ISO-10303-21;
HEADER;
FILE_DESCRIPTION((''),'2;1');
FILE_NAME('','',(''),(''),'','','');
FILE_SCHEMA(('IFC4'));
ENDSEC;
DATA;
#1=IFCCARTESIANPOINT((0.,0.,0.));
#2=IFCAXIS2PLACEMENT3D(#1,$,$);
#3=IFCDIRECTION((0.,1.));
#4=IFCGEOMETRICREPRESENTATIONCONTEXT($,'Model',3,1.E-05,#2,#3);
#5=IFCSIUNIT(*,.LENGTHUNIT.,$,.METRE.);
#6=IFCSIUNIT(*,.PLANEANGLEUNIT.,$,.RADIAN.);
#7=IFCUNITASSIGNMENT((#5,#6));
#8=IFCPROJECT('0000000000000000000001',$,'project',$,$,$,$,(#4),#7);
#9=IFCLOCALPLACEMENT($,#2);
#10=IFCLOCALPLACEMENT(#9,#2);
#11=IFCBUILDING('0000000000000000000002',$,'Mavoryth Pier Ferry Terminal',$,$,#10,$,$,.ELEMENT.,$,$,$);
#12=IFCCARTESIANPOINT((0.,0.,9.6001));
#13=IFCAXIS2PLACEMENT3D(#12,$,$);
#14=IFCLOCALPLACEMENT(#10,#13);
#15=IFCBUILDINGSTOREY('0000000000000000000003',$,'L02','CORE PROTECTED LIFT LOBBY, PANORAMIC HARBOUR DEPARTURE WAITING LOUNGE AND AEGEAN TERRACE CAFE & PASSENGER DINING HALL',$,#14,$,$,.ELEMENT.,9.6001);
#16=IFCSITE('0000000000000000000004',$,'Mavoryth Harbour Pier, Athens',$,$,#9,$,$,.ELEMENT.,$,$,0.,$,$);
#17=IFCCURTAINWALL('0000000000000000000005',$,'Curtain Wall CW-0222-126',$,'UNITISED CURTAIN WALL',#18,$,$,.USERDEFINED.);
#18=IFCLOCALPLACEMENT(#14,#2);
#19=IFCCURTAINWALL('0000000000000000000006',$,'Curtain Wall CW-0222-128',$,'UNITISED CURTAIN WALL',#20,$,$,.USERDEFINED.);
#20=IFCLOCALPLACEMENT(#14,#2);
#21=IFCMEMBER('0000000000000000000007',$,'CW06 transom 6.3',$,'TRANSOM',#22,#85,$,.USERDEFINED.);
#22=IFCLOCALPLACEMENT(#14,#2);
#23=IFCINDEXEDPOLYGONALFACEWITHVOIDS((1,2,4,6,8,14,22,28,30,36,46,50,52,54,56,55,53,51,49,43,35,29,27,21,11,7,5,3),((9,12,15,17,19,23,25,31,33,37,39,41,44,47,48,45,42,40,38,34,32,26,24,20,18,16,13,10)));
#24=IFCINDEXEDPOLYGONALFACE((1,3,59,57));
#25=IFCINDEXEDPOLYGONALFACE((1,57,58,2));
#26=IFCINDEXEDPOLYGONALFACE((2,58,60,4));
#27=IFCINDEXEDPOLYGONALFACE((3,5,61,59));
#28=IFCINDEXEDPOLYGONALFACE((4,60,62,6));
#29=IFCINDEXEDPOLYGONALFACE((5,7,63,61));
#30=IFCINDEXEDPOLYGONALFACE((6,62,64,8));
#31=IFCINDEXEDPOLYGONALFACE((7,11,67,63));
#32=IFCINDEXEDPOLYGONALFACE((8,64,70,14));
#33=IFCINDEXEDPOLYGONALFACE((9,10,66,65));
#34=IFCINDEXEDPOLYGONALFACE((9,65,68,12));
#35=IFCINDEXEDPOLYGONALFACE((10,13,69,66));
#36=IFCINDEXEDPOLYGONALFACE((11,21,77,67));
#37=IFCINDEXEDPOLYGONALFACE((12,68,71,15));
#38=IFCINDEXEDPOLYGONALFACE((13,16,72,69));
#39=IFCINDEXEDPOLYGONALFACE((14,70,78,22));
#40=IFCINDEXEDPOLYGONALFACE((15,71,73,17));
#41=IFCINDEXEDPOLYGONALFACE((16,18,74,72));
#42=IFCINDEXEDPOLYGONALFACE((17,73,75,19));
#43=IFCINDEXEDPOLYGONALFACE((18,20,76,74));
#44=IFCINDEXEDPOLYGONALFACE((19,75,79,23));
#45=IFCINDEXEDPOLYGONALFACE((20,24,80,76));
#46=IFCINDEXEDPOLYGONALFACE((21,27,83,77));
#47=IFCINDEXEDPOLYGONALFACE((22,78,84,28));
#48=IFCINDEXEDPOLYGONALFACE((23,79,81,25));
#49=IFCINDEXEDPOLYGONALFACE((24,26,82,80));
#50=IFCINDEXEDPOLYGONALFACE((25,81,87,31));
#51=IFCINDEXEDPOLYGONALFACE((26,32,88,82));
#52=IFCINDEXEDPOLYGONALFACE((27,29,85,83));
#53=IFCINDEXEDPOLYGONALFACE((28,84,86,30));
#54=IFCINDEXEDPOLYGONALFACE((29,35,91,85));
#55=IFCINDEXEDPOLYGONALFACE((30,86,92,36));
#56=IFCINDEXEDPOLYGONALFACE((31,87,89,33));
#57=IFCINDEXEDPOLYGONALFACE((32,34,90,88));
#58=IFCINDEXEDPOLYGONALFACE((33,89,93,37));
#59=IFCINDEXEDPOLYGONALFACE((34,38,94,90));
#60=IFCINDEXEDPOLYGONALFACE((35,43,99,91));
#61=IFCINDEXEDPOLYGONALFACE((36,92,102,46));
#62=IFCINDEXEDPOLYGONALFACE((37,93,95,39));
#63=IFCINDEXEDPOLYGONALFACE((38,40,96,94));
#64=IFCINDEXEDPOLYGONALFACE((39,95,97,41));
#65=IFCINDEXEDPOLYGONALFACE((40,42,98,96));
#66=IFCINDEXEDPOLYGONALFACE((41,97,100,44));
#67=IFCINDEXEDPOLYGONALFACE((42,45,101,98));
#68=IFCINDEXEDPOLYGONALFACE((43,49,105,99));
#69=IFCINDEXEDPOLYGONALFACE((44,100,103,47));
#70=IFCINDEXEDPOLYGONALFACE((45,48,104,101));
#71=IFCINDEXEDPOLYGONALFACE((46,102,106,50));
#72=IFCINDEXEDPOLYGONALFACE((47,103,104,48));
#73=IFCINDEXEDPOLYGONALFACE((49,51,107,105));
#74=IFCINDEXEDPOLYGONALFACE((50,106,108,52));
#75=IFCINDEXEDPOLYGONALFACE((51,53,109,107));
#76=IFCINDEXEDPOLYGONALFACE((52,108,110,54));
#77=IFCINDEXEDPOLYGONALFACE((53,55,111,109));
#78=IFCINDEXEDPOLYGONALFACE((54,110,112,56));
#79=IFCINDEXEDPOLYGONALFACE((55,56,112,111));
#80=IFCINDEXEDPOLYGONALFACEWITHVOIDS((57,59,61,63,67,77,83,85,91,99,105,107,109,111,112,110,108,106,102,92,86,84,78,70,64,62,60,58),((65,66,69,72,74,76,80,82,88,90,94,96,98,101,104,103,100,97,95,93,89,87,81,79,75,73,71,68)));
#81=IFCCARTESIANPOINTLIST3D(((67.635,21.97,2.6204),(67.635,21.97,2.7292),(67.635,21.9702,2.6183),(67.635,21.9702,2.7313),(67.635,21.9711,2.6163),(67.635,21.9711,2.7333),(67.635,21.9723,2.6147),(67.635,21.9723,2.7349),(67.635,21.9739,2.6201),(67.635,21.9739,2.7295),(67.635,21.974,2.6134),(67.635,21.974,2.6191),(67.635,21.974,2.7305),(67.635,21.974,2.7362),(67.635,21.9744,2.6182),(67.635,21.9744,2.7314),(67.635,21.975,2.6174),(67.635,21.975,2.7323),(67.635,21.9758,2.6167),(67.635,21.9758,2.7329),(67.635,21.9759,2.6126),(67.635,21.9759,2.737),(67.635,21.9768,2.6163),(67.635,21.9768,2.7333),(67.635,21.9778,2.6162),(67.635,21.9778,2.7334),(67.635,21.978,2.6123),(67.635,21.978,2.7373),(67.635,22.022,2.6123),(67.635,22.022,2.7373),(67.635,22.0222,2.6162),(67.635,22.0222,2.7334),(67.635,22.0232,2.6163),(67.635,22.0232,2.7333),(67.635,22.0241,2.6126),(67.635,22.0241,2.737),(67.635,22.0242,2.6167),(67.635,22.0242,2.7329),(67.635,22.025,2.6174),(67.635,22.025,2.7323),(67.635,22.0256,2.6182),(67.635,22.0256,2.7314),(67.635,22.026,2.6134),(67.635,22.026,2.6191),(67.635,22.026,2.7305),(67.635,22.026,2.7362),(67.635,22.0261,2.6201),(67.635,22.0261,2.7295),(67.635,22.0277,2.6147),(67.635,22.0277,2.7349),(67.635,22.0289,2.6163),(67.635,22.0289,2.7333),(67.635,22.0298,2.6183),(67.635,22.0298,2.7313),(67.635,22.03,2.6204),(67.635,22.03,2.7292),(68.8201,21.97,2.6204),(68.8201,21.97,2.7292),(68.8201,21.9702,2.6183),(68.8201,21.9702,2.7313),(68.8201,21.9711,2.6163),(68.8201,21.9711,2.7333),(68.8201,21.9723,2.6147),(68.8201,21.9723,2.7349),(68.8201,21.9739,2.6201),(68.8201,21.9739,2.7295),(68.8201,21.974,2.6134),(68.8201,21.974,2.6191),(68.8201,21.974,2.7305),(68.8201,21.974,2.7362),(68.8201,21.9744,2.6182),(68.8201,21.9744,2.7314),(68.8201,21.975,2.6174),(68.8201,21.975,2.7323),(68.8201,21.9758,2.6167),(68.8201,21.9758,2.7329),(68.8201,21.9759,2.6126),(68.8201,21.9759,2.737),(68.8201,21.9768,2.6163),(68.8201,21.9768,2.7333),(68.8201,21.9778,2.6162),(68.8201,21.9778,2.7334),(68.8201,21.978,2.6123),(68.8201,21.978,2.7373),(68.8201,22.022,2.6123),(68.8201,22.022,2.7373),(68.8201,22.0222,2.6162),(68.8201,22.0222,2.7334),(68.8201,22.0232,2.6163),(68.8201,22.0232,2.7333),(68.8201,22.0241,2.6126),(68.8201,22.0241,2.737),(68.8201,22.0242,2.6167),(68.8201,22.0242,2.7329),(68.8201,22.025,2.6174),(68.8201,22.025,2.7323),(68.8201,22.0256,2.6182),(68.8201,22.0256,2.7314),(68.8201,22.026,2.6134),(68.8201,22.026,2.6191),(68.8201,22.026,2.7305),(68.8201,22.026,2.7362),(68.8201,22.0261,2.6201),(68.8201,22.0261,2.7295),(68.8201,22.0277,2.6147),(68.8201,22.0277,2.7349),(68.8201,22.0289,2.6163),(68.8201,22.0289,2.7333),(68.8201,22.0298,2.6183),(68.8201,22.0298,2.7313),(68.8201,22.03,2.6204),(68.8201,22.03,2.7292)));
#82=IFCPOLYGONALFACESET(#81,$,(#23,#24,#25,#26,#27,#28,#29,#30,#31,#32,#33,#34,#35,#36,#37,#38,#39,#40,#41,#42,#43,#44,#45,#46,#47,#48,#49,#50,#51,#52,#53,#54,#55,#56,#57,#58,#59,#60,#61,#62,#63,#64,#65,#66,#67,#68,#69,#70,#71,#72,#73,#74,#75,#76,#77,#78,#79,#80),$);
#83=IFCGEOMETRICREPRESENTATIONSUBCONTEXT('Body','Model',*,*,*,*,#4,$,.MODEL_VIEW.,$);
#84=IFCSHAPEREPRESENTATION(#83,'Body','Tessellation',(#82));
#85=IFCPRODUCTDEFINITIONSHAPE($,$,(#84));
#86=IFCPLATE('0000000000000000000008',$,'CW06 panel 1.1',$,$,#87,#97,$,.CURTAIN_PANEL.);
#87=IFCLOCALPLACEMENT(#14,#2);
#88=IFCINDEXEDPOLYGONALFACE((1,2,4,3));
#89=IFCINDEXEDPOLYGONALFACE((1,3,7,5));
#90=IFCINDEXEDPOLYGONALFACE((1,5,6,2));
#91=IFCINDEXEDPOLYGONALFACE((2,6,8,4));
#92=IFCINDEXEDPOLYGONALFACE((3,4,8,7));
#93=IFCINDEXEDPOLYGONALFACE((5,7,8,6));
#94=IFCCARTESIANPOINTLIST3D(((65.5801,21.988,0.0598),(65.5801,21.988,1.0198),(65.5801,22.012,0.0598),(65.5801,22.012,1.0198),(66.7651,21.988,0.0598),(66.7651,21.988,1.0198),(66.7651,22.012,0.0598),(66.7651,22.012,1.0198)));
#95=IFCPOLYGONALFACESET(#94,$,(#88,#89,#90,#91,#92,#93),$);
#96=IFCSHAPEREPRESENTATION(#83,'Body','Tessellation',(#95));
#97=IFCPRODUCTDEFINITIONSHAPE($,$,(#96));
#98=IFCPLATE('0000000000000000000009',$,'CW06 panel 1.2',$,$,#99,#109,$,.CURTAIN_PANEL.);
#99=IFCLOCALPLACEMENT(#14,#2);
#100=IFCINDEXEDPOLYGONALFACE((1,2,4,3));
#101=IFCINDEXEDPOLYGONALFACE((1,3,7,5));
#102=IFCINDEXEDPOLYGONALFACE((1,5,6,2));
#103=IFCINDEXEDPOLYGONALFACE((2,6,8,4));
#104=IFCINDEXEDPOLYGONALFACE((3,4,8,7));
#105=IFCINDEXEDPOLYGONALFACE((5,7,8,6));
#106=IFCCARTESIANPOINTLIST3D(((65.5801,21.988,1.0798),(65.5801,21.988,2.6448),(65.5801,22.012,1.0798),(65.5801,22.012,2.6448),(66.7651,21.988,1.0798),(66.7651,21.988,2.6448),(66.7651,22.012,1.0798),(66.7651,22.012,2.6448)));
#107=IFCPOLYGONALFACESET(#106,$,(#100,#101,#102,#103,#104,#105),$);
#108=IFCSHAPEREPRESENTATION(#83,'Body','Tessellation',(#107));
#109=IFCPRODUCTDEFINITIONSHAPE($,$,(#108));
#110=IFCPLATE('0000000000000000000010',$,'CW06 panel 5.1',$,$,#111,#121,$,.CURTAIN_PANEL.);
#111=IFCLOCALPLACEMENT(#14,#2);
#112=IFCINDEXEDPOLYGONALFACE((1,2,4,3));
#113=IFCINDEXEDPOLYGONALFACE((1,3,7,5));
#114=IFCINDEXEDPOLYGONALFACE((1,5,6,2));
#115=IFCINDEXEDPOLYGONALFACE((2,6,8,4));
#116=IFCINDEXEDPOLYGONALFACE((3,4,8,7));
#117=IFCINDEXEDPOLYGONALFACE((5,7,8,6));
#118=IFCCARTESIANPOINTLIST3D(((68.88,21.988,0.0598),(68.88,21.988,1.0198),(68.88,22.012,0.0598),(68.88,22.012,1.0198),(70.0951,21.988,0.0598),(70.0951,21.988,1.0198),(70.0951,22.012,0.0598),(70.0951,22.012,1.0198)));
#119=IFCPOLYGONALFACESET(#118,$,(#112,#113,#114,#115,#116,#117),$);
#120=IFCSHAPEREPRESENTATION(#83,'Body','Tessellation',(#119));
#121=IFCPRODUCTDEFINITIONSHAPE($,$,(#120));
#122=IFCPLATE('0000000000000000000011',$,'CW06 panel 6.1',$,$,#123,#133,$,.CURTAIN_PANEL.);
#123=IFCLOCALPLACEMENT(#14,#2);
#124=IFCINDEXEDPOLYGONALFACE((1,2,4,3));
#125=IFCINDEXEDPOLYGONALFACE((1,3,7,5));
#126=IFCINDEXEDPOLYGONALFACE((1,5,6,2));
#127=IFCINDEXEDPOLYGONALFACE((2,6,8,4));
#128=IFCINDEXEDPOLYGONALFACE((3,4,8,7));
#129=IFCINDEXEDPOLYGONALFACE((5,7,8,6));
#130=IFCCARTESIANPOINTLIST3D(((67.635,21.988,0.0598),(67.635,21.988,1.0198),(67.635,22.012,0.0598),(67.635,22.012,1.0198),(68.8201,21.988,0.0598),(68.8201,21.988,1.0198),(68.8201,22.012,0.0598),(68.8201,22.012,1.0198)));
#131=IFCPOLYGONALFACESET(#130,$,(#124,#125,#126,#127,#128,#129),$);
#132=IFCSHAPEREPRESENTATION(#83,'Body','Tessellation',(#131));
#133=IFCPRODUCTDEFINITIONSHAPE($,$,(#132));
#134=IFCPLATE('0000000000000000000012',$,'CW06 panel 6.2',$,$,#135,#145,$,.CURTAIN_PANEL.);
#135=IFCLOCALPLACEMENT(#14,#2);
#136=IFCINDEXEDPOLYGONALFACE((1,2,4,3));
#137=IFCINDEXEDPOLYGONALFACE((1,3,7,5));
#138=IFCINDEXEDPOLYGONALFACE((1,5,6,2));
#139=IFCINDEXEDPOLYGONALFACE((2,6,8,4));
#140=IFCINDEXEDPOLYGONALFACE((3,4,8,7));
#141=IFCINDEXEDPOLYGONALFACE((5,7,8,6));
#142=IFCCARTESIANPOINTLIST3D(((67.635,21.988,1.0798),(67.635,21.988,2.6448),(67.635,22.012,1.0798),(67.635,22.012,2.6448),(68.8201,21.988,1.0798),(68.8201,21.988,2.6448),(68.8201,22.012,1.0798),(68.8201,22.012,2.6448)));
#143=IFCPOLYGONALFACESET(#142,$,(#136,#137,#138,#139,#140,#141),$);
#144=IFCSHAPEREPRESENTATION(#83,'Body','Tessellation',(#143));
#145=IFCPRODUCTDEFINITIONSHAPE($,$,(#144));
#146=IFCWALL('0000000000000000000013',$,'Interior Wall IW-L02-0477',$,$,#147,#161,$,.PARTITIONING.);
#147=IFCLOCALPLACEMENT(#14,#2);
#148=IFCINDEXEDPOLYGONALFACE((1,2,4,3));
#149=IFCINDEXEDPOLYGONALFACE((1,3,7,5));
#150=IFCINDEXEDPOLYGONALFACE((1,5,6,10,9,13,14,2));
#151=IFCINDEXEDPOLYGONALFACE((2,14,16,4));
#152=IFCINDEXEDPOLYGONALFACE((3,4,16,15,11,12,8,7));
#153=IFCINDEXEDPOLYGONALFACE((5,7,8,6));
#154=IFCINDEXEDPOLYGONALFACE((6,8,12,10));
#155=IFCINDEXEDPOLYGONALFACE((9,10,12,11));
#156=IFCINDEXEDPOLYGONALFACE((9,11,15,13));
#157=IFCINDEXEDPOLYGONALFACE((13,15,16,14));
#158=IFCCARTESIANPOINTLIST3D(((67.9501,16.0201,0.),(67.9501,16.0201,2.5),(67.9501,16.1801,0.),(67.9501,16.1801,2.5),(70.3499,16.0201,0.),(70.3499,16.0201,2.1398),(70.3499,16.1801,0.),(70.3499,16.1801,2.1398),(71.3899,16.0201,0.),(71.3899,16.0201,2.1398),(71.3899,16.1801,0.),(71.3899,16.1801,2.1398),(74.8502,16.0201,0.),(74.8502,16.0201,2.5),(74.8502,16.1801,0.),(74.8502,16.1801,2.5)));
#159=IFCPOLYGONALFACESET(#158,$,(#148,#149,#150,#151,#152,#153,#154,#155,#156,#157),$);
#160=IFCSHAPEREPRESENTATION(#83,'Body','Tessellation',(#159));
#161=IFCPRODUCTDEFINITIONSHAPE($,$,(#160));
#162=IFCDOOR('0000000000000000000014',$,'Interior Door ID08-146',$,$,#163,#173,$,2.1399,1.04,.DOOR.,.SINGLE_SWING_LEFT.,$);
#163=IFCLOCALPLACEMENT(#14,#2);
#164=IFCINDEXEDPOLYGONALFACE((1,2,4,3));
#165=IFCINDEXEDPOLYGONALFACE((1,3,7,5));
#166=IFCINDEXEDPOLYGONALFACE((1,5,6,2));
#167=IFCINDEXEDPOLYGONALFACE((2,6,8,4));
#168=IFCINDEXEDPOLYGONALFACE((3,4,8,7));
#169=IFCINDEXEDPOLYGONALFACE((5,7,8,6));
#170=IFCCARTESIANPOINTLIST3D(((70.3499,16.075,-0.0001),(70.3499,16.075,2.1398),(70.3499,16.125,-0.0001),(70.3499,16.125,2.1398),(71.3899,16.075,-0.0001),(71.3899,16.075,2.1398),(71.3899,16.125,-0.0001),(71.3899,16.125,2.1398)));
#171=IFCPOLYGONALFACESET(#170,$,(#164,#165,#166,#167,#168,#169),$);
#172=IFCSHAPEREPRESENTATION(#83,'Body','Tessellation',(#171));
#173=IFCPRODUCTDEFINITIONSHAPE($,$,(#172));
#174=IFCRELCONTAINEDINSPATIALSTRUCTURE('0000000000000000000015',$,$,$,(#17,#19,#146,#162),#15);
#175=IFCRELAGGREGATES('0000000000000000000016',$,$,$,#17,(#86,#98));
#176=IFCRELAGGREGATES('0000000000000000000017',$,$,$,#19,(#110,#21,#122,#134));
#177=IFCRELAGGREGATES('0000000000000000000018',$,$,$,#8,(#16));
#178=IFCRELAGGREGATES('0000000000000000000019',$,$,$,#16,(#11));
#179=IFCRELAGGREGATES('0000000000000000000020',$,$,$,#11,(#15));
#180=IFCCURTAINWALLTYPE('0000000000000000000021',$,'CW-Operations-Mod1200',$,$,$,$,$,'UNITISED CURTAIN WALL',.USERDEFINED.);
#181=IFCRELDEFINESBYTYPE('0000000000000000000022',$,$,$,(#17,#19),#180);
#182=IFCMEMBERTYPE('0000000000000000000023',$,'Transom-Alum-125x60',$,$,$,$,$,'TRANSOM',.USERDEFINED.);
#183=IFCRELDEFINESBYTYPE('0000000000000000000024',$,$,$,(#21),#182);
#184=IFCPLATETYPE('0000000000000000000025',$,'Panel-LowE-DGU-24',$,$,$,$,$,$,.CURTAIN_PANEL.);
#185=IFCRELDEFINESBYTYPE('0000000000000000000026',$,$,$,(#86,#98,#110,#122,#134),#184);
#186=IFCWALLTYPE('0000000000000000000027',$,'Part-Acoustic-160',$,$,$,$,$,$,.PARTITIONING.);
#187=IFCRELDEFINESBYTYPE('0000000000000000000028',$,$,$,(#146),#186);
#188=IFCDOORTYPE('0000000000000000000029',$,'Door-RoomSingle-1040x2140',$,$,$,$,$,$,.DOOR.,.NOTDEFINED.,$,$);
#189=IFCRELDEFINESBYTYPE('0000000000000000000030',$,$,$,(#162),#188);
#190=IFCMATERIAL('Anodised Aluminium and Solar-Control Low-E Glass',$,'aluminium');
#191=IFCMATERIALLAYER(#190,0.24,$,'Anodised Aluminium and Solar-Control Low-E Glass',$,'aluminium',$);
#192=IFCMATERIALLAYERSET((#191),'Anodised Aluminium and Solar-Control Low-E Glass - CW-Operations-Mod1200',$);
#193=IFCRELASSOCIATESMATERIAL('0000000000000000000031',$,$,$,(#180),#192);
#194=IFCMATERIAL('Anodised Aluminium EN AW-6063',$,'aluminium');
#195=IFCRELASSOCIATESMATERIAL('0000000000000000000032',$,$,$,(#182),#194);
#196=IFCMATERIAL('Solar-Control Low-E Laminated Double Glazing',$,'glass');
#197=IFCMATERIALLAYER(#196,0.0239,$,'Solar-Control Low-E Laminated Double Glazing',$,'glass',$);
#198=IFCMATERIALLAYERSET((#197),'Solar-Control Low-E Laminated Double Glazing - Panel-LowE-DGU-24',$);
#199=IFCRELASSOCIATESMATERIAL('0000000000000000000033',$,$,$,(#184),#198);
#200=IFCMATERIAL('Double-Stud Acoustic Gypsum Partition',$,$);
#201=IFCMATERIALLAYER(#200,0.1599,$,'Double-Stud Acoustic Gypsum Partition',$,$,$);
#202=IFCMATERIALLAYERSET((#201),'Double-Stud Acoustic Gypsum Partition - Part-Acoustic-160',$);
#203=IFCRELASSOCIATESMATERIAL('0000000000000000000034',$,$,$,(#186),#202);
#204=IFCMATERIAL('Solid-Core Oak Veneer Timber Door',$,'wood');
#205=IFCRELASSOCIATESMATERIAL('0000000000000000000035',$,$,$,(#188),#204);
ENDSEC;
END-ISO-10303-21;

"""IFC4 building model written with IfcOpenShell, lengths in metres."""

from ifc_helpers import new_model, si_unit, direction, frame, frame_2d, origin, origin_2d, place, context, subcontext, project, spatial, rectangle, hollow_rectangle, extrude, material, layer, layer_set, material_profile, profile_set, type_object, element, fill, aggregate, save


model = new_model("IFC4")

# Units and contexts
model_context = context("Model", 3, precision=1e-05, world=origin(), true_north=direction((0.0, 1.0)))
body_context = subcontext(model_context, "Body", "Model", "MODEL_VIEW")
ifc_project = project(units=[si_unit("LENGTHUNIT", "METRE"), si_unit("PLANEANGLEUNIT", "RADIAN")], contexts=[model_context])

# Site, building, storey
site_placement = place(None, origin())
site = spatial("IfcSite", under=ifc_project, at=site_placement, Name="Mavoryth Harbour Pier, Athens", CompositionType="ELEMENT", RefElevation=0.0)
building_placement = place(site_placement, origin())
building = spatial("IfcBuilding", under=site, at=building_placement, Name="Mavoryth Pier Ferry Terminal", CompositionType="ELEMENT")
storey_placement = place(building_placement, frame((0.0, 0.0, 9.6001)))
storey = spatial("IfcBuildingStorey", under=building, at=storey_placement, Name="L02", Description="CORE PROTECTED LIFT LOBBY, PANORAMIC HARBOUR DEPARTURE WAITING LOUNGE AND AEGEAN TERRACE CAFE & PASSENGER DINING HALL", CompositionType="ELEMENT", Elevation=9.6001)

# Curtain wall
ifc_material_1 = material(Name="Anodised Aluminium and Solar-Control Low-E Glass", Category="aluminium")
ifc_layer_1 = layer(ifc_material_1, 0.24, Name="Anodised Aluminium and Solar-Control Low-E Glass", Category="aluminium")
ifc_layer_set_1 = layer_set([ifc_layer_1], Name="Anodised Aluminium and Solar-Control Low-E Glass - CW-Operations-Mod1200")
curtain_wall_type = type_object("IfcCurtainWallType", Name="CW-Operations-Mod1200", ElementType="UNITISED CURTAIN WALL", PredefinedType="USERDEFINED", material=ifc_layer_set_1)
curtain_wall_1_placement = place(storey_placement, origin())
curtain_wall_1 = element("IfcCurtainWall", 1, at=curtain_wall_1_placement, inside=storey, type_object=curtain_wall_type, Name="Curtain Wall CW-0222-126", ObjectType="UNITISED CURTAIN WALL", PredefinedType="USERDEFINED")
ifc_material_2 = material(Name="Anodised Aluminium EN AW-6063", Category="aluminium")

# Curtain wall
curtain_wall_2_placement = place(storey_placement, origin())
curtain_wall_2 = element("IfcCurtainWall", 2, at=curtain_wall_2_placement, inside=storey, type_object=curtain_wall_type, Name="Curtain Wall CW-0222-128", ObjectType="UNITISED CURTAIN WALL", PredefinedType="USERDEFINED")

# Member
ifc_material_profile_1 = material_profile(ifc_material_2, hollow_rectangle(XDim=0.0601, YDim=0.125, WallThickness=0.0039, InnerFilletRadius=0.0039, OuterFilletRadius=0.0081, at=origin_2d()), Name="AL-TRAN 125x60x4", Category="aluminium")
ifc_profile_set_1 = profile_set([ifc_material_profile_1], Name="Anodised Aluminium EN AW-6063 - AL-TRAN 125x60x4")
member_type_1 = type_object("IfcMemberType", Name="Transom-Alum-125x60", ElementType="TRANSOM", PredefinedType="USERDEFINED", material=ifc_profile_set_1)
member_1_placement = place(storey_placement, frame((68.8201, 22.0, 2.6748), z_axis=(-1.0, 0.0, 0.0), x_axis=(0.0, -1.0, 0.0)))
member_1 = element("IfcMember", 3, at=member_1_placement, type_object=member_type_1, Name="CW06 transom 6.3", ObjectType="TRANSOM", PredefinedType="USERDEFINED", context=body_context, shape_type="SweptSolid", body=[
    extrude(hollow_rectangle(XDim=0.0601, YDim=0.125, WallThickness=0.0039, InnerFilletRadius=0.0039, OuterFilletRadius=0.0081, at=origin_2d()), origin(), (0.0, 0.0, 1.0), 1.1851),
])

# Plates
ifc_material_3 = material(Name="Solar-Control Low-E Laminated Double Glazing", Category="glass")
ifc_layer_2 = layer(ifc_material_3, 0.0239, Name="Solar-Control Low-E Laminated Double Glazing", Category="glass")
ifc_layer_set_2 = layer_set([ifc_layer_2], Name="Solar-Control Low-E Laminated Double Glazing - Panel-LowE-DGU-24")
plate_type = type_object("IfcPlateType", Name="Panel-LowE-DGU-24", PredefinedType="CURTAIN_PANEL", material=ifc_layer_set_2)
plate_1_placement = place(storey_placement, frame((66.1726, 22.0, 0.0598), z_axis=(0.0, 0.0, 1.0), x_axis=(-1.0, 0.0, 0.0)))
plate_1 = element("IfcPlate", 4, at=plate_1_placement, type_object=plate_type, Name="CW06 panel 1.1", PredefinedType="CURTAIN_PANEL", context=body_context, shape_type="SweptSolid", body=[
    extrude(rectangle(XDim=1.1851, YDim=0.0239, at=origin_2d()), origin(), (0.0, 0.0, 1.0), 0.96),
])
plate_2_placement = place(storey_placement, frame((66.1726, 22.0, 1.0798), z_axis=(0.0, 0.0, 1.0), x_axis=(-1.0, 0.0, 0.0)))
plate_2 = element("IfcPlate", 5, at=plate_2_placement, type_object=plate_type, Name="CW06 panel 1.2", PredefinedType="CURTAIN_PANEL", context=body_context, shape_type="SweptSolid", body=[
    extrude(rectangle(XDim=1.1851, YDim=0.0239, at=origin_2d()), origin(), (0.0, 0.0, 1.0), 1.5649),
])
aggregate(curtain_wall_1, [plate_1, plate_2])
plate_3_placement = place(storey_placement, frame((69.4875, 22.0, 0.0598), z_axis=(0.0, 0.0, 1.0), x_axis=(-1.0, 0.0, 0.0)))
plate_3 = element("IfcPlate", 6, at=plate_3_placement, type_object=plate_type, Name="CW06 panel 5.1", PredefinedType="CURTAIN_PANEL", context=body_context, shape_type="SweptSolid", body=[
    extrude(rectangle(XDim=1.2151, YDim=0.0239, at=origin_2d()), origin(), (0.0, 0.0, 1.0), 0.96),
])
plate_4_placement = place(storey_placement, frame((68.2275, 22.0, 0.0598), z_axis=(0.0, 0.0, 1.0), x_axis=(-1.0, 0.0, 0.0)))
plate_4 = element("IfcPlate", 7, at=plate_4_placement, type_object=plate_type, Name="CW06 panel 6.1", PredefinedType="CURTAIN_PANEL", context=body_context, shape_type="SweptSolid", body=[
    extrude(rectangle(XDim=1.1851, YDim=0.0239, at=origin_2d()), origin(), (0.0, 0.0, 1.0), 0.96),
])
plate_5_placement = place(storey_placement, frame((68.2275, 22.0, 1.0798), z_axis=(0.0, 0.0, 1.0), x_axis=(-1.0, 0.0, 0.0)))
plate_5 = element("IfcPlate", 8, at=plate_5_placement, type_object=plate_type, Name="CW06 panel 6.2", PredefinedType="CURTAIN_PANEL", context=body_context, shape_type="SweptSolid", body=[
    extrude(rectangle(XDim=1.1851, YDim=0.0239, at=origin_2d()), origin(), (0.0, 0.0, 1.0), 1.5649),
])
aggregate(curtain_wall_2, [plate_3, member_1, plate_4, plate_5])

# Wall, opening, door
ifc_material_4 = material(Name="Double-Stud Acoustic Gypsum Partition")
ifc_layer_3 = layer(ifc_material_4, 0.1599, Name="Double-Stud Acoustic Gypsum Partition")
ifc_layer_set_3 = layer_set([ifc_layer_3], Name="Double-Stud Acoustic Gypsum Partition - Part-Acoustic-160")
wall_type = type_object("IfcWallType", Name="Part-Acoustic-160", PredefinedType="PARTITIONING", material=ifc_layer_set_3)
wall_placement = place(storey_placement, frame((67.95, 16.1001, 0.0), z_axis=(0.0, 0.0, 1.0), x_axis=(1.0, 0.0, 0.0)))
wall = element("IfcWall", 9, at=wall_placement, inside=storey, type_object=wall_type, Name="Interior Wall IW-L02-0477", PredefinedType="PARTITIONING", context=body_context, shape_type="SweptSolid", body=[
    extrude(rectangle(XDim=6.9001, YDim=0.1599, at=frame_2d((3.4502, 0.0))), origin(), (0.0, 0.0, 1.0), 2.5),
])
opening_placement = place(wall_placement, frame((2.3999, 0.0, 0.0)))
opening = element("IfcOpeningElement", 10, at=opening_placement, cuts=wall, PredefinedType="OPENING", context=body_context, shape_type="SweptSolid", body=[
    extrude(rectangle(XDim=1.04, YDim=2.1399, at=frame_2d((0.52, 1.0698))), frame((0.0, 0.0898, 0.0), z_axis=(0.0, -1.0, 0.0), x_axis=(1.0, 0.0, 0.0)), (0.0, 0.0, 1.0), 0.1799),
])
ifc_material_5 = material(Name="Solid-Core Oak Veneer Timber Door", Category="wood")
door_type = type_object("IfcDoorType", Name="Door-RoomSingle-1040x2140", OperationType="NOTDEFINED", PredefinedType="DOOR", material=ifc_material_5)
door_placement = place(opening_placement, origin())
door = element("IfcDoor", 11, at=door_placement, inside=storey, type_object=door_type, Name="Interior Door ID08-146", OperationType="SINGLE_SWING_LEFT", OverallHeight=2.1399, OverallWidth=1.04, PredefinedType="DOOR", context=body_context, shape_type="SweptSolid", body=[
    extrude(rectangle(XDim=1.04, YDim=2.1399, at=frame_2d((0.52, 1.0698))), frame((0.0, 0.0249, 0.0), z_axis=(0.0, -1.0, 0.0), x_axis=(1.0, 0.0, 0.0)), (0.0, 0.0, 1.0), 0.05),
])
fill(opening, door)

save(model, "model.ifc")
